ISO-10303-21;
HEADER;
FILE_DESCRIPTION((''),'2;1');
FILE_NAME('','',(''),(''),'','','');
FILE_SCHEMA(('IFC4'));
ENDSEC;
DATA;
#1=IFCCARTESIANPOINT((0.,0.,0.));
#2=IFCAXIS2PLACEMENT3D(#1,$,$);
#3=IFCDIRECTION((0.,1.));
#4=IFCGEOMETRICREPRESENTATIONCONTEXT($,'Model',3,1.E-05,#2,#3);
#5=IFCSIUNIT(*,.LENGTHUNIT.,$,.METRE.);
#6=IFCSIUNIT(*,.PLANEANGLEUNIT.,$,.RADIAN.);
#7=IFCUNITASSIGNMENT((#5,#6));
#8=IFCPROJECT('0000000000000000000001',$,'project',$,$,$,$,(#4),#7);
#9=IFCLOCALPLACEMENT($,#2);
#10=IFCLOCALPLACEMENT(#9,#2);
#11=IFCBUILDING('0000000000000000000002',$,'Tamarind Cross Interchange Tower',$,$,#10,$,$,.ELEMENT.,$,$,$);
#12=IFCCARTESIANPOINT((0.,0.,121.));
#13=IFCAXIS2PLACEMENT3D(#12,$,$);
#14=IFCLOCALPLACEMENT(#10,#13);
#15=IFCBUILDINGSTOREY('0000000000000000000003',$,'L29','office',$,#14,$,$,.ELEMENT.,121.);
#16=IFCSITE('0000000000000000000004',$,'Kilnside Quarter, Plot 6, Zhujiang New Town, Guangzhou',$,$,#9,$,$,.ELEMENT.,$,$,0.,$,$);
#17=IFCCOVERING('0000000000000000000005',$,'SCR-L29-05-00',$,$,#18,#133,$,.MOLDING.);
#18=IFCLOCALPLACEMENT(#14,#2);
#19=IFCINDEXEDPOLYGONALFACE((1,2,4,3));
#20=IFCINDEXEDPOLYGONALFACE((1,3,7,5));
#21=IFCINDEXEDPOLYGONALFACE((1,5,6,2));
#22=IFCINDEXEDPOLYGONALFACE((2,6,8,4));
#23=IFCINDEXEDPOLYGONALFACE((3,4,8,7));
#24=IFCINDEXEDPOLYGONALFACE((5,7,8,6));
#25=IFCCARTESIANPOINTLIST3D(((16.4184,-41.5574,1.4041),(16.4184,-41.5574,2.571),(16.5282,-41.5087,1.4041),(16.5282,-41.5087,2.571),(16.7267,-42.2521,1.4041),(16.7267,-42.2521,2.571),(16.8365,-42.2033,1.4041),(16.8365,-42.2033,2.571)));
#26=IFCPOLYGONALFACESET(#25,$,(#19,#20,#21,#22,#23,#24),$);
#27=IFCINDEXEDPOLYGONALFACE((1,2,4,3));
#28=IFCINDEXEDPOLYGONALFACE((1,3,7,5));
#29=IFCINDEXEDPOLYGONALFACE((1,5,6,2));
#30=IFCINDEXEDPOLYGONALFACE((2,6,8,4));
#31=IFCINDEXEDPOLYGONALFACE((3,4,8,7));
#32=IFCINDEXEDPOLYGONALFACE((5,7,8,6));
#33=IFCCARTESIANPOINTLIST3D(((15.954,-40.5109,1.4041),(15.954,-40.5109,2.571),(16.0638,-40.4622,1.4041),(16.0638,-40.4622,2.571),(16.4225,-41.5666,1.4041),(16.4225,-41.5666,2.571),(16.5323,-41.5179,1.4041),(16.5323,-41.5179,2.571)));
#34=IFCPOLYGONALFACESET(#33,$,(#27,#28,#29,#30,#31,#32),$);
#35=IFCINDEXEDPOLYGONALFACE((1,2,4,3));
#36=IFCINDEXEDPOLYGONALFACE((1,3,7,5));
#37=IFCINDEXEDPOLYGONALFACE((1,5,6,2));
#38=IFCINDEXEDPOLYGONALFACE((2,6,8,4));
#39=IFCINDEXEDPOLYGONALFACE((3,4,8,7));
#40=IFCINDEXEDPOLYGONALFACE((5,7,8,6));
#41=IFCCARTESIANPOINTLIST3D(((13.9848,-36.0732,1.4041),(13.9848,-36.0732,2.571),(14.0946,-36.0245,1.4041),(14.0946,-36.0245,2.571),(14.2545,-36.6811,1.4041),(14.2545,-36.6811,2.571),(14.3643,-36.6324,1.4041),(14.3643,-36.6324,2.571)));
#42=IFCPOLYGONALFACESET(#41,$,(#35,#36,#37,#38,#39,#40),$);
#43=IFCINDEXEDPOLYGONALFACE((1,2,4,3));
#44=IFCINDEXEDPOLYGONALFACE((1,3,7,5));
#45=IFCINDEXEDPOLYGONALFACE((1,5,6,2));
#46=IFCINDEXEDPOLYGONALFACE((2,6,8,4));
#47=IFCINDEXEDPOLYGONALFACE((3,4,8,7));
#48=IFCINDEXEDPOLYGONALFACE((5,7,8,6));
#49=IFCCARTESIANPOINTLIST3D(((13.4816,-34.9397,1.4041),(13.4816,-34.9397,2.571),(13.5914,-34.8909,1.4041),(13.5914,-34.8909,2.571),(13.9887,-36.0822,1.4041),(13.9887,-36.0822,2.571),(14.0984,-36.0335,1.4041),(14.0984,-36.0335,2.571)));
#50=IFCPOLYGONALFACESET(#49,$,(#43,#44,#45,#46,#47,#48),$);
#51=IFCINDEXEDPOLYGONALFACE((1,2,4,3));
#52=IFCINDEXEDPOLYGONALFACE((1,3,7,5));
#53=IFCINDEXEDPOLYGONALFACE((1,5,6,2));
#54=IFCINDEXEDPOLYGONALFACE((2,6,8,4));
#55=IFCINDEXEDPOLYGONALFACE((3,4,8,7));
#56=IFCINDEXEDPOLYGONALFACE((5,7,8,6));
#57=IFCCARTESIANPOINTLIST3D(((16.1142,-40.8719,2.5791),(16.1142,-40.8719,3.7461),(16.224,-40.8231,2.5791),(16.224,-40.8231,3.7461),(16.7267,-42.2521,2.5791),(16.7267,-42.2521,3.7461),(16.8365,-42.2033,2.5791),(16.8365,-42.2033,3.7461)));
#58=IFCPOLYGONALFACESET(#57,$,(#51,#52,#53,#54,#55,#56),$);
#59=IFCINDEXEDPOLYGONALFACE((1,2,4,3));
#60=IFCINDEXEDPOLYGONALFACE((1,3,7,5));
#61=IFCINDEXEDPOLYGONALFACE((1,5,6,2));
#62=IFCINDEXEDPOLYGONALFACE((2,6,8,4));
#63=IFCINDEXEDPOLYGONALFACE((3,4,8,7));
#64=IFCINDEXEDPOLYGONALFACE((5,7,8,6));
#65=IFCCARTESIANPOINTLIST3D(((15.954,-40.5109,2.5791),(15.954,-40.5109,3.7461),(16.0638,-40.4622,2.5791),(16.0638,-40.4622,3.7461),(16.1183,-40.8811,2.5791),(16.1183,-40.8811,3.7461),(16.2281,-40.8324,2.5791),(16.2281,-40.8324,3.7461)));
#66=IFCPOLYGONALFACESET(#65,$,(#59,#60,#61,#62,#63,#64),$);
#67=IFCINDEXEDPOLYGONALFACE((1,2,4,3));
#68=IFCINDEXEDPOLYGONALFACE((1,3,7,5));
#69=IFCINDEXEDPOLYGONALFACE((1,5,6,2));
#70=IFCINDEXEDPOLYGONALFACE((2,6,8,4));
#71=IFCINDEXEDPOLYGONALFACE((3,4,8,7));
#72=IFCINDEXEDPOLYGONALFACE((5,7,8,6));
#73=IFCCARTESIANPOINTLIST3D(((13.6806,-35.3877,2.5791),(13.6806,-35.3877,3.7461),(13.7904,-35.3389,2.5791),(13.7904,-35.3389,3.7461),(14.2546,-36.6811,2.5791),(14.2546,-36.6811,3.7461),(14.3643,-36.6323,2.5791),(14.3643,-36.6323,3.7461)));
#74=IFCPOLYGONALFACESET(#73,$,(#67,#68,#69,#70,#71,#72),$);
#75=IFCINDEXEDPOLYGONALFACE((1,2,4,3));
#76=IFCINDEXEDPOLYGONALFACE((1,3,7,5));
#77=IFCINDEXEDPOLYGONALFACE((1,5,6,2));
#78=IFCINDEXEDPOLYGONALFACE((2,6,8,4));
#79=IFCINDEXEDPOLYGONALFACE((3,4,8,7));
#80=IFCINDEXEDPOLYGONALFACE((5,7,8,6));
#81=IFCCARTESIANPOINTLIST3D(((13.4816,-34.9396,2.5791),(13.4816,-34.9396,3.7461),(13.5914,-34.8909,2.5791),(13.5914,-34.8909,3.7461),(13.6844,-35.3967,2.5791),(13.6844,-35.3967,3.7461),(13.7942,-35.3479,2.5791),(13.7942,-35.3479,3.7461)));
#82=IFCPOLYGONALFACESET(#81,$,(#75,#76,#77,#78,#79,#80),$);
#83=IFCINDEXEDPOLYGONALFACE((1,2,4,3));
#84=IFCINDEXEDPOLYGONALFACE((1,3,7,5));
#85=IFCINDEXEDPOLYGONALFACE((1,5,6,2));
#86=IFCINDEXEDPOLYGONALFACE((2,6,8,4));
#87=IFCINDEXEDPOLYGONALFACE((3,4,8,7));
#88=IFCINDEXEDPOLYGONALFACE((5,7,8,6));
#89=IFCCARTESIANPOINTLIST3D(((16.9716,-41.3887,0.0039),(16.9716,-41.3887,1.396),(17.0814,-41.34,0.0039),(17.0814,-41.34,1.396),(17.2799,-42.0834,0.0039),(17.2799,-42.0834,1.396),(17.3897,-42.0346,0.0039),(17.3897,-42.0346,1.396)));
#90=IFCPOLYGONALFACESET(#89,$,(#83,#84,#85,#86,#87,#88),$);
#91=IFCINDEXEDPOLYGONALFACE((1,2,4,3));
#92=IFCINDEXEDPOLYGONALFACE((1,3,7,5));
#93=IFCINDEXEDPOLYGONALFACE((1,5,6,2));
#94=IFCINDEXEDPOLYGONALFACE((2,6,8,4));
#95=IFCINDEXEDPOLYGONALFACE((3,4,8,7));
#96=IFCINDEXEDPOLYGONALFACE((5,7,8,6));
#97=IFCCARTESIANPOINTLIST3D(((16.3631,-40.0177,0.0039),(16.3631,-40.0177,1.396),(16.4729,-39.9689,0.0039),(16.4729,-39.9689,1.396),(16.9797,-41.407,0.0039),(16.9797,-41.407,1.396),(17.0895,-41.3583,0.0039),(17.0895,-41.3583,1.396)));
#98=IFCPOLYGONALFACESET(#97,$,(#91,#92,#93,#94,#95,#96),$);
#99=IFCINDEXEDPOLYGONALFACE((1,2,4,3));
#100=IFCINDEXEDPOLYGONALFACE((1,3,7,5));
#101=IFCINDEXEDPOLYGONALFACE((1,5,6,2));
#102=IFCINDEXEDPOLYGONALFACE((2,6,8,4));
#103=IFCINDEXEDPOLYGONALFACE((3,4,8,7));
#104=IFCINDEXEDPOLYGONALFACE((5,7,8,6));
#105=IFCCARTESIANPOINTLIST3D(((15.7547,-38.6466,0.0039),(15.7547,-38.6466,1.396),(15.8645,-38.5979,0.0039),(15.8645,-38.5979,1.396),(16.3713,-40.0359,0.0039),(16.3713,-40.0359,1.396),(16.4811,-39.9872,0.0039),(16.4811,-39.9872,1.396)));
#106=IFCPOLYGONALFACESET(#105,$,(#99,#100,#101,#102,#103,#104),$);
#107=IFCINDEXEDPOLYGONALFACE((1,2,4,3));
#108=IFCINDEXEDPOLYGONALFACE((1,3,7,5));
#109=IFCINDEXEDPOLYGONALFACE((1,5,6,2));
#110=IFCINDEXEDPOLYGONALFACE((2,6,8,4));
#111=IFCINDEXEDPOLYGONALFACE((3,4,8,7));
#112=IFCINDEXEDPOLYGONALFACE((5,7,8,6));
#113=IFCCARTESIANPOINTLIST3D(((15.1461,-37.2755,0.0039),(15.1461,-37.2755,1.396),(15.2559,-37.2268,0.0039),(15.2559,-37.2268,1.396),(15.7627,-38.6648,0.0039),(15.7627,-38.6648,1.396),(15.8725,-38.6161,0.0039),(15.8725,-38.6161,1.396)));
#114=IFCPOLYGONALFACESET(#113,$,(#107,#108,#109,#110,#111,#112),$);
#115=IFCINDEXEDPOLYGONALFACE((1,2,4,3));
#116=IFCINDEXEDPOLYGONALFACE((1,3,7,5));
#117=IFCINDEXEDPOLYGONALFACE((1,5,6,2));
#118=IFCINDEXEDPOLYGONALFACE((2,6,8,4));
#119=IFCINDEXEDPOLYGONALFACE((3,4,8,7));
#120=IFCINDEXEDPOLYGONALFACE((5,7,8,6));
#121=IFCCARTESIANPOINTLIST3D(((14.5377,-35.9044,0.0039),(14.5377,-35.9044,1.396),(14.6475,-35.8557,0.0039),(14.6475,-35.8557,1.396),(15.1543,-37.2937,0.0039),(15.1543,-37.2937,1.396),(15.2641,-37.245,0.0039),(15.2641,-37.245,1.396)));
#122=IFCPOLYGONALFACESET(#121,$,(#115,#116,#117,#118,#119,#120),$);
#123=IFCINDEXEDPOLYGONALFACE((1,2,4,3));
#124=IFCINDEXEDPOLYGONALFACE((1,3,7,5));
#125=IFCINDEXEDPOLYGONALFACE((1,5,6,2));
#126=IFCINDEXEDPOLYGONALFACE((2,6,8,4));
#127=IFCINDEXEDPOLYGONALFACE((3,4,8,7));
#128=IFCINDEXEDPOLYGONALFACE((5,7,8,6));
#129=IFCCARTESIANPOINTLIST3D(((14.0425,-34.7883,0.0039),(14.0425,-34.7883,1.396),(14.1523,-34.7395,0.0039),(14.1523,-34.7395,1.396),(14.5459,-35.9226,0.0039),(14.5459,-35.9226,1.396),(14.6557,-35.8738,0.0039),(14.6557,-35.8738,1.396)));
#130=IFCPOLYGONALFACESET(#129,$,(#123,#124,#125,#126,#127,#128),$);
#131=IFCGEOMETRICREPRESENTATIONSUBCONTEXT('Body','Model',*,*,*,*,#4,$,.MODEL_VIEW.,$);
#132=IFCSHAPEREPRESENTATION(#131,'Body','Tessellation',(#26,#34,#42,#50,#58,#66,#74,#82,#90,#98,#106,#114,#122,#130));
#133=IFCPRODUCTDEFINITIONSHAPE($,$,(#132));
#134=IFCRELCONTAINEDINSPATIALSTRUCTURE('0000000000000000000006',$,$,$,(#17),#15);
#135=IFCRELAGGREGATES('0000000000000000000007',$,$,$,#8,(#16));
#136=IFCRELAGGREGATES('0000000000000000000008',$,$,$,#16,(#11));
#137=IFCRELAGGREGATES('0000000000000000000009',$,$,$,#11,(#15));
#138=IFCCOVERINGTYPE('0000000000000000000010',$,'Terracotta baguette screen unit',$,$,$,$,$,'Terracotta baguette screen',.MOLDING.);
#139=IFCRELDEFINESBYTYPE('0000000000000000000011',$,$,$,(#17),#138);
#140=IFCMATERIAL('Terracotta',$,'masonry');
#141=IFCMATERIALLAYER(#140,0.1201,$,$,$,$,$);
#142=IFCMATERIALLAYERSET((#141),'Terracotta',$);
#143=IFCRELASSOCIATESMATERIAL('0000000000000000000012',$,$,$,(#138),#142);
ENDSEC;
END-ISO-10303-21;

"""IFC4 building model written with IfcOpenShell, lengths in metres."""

from ifc_helpers import new_model, si_unit, direction, frame, origin, origin_2d, place, context, subcontext, project, spatial, rectangle, extrude, material, layer, layer_set, type_object, element, save


model = new_model("IFC4")

# Units and contexts
model_context = context("Model", 3, precision=1e-05, world=origin(), true_north=direction((0.0, 1.0)))
body_context = subcontext(model_context, "Body", "Model", "MODEL_VIEW")
ifc_project = project(units=[si_unit("LENGTHUNIT", "METRE"), si_unit("PLANEANGLEUNIT", "RADIAN")], contexts=[model_context])

# Site, building, storey
site_placement = place(None, origin())
site = spatial("IfcSite", under=ifc_project, at=site_placement, Name="Kilnside Quarter, Plot 6, Zhujiang New Town, Guangzhou", CompositionType="ELEMENT", RefElevation=0.0)
building_placement = place(site_placement, origin())
building = spatial("IfcBuilding", under=site, at=building_placement, Name="Tamarind Cross Interchange Tower", CompositionType="ELEMENT")
storey_placement = place(building_placement, frame((0.0, 0.0, 121.0)))
storey = spatial("IfcBuildingStorey", under=building, at=storey_placement, Name="L29", Description="office", CompositionType="ELEMENT", Elevation=121.0)

# Covering
ifc_material_1 = material(Name="Terracotta", Category="masonry")
ifc_layer_1 = layer(ifc_material_1, 0.1201)
ifc_layer_set_1 = layer_set([ifc_layer_1], Name="Terracotta")
covering_type = type_object("IfcCoveringType", Name="Terracotta baguette screen unit", ElementType="Terracotta baguette screen", PredefinedType="MOLDING", material=ifc_layer_set_1)
covering_1_placement = place(storey_placement, origin())
element("IfcCovering", 1, at=covering_1_placement, inside=storey, type_object=covering_type, Name="SCR-L29-05-00", PredefinedType="MOLDING", context=body_context, shape_type="SweptSolid", body=[
    extrude(rectangle(XDim=0.76, YDim=0.1201, at=origin_2d()), frame((16.6274, -41.8804, 1.4041), z_axis=(0.0, 0.0, 1.0), x_axis=(-0.405624, 0.91404, 0.0)), (0.0, 0.0, 1.0), 1.167),
    extrude(rectangle(XDim=1.155, YDim=0.1201, at=origin_2d()), frame((16.2432, -41.0144, 1.4041), z_axis=(0.0, 0.0, 1.0), x_axis=(-0.405624, 0.91404, 0.0)), (0.0, 0.0, 1.0), 1.167),
    extrude(rectangle(XDim=0.665, YDim=0.1201, at=origin_2d()), frame((14.1746, -36.3528, 1.4041), z_axis=(0.0, 0.0, 1.0), x_axis=(-0.405624, 0.91404, 0.0)), (0.0, 0.0, 1.0), 1.167),
    extrude(rectangle(XDim=1.25, YDim=0.1201, at=origin_2d()), frame((13.79, -35.4866, 1.4041), z_axis=(0.0, 0.0, 1.0), x_axis=(-0.405624, 0.91404, 0.0)), (0.0, 0.0, 1.0), 1.167),
    extrude(rectangle(XDim=1.51, YDim=0.1201, at=origin_2d()), frame((16.4753, -41.5376, 2.5791), z_axis=(0.0, 0.0, 1.0), x_axis=(-0.405624, 0.91404, 0.0)), (0.0, 0.0, 1.0), 1.167),
    extrude(rectangle(XDim=0.405, YDim=0.1201, at=origin_2d()), frame((16.0911, -40.6716, 2.5791), z_axis=(0.0, 0.0, 1.0), x_axis=(-0.405624, 0.91404, 0.0)), (0.0, 0.0, 1.0), 1.167),
    extrude(rectangle(XDim=1.415, YDim=0.1201, at=origin_2d()), frame((14.0225, -36.01, 2.5791), z_axis=(0.0, 0.0, 1.0), x_axis=(-0.405624, 0.91404, 0.0)), (0.0, 0.0, 1.0), 1.167),
    extrude(rectangle(XDim=0.5, YDim=0.1201, at=origin_2d()), frame((13.6379, -35.1438, 2.5791), z_axis=(0.0, 0.0, 1.0), x_axis=(-0.405624, 0.91404, 0.0)), (0.0, 0.0, 1.0), 1.167),
    extrude(rectangle(XDim=0.76, YDim=0.1201, at=origin_2d()), frame((17.1807, -41.7117, 0.0039), z_axis=(0.0, 0.0, 1.0), x_axis=(-0.405624, 0.91404, 0.0)), (0.0, 0.0, 1.0), 1.3921),
    extrude(rectangle(XDim=1.52, YDim=0.1201, at=origin_2d()), frame((16.7263, -40.688, 0.0039), z_axis=(0.0, 0.0, 1.0), x_axis=(-0.405624, 0.91404, 0.0)), (0.0, 0.0, 1.0), 1.3921),
    extrude(rectangle(XDim=1.52, YDim=0.1201, at=origin_2d()), frame((16.1179, -39.3169, 0.0039), z_axis=(0.0, 0.0, 1.0), x_axis=(-0.405624, 0.91404, 0.0)), (0.0, 0.0, 1.0), 1.3921),
    extrude(rectangle(XDim=1.52, YDim=0.1201, at=origin_2d()), frame((15.5093, -37.9458, 0.0039), z_axis=(0.0, 0.0, 1.0), x_axis=(-0.405624, 0.91404, 0.0)), (0.0, 0.0, 1.0), 1.3921),
    extrude(rectangle(XDim=1.52, YDim=0.1201, at=origin_2d()), frame((14.9009, -36.5747, 0.0039), z_axis=(0.0, 0.0, 1.0), x_axis=(-0.405624, 0.91404, 0.0)), (0.0, 0.0, 1.0), 1.3921),
    extrude(rectangle(XDim=1.241, YDim=0.1201, at=origin_2d()), frame((14.3491, -35.3311, 0.0039), z_axis=(0.0, 0.0, 1.0), x_axis=(-0.405624, 0.91404, 0.0)), (0.0, 0.0, 1.0), 1.3921),
])

save(model, "model.ifc")
